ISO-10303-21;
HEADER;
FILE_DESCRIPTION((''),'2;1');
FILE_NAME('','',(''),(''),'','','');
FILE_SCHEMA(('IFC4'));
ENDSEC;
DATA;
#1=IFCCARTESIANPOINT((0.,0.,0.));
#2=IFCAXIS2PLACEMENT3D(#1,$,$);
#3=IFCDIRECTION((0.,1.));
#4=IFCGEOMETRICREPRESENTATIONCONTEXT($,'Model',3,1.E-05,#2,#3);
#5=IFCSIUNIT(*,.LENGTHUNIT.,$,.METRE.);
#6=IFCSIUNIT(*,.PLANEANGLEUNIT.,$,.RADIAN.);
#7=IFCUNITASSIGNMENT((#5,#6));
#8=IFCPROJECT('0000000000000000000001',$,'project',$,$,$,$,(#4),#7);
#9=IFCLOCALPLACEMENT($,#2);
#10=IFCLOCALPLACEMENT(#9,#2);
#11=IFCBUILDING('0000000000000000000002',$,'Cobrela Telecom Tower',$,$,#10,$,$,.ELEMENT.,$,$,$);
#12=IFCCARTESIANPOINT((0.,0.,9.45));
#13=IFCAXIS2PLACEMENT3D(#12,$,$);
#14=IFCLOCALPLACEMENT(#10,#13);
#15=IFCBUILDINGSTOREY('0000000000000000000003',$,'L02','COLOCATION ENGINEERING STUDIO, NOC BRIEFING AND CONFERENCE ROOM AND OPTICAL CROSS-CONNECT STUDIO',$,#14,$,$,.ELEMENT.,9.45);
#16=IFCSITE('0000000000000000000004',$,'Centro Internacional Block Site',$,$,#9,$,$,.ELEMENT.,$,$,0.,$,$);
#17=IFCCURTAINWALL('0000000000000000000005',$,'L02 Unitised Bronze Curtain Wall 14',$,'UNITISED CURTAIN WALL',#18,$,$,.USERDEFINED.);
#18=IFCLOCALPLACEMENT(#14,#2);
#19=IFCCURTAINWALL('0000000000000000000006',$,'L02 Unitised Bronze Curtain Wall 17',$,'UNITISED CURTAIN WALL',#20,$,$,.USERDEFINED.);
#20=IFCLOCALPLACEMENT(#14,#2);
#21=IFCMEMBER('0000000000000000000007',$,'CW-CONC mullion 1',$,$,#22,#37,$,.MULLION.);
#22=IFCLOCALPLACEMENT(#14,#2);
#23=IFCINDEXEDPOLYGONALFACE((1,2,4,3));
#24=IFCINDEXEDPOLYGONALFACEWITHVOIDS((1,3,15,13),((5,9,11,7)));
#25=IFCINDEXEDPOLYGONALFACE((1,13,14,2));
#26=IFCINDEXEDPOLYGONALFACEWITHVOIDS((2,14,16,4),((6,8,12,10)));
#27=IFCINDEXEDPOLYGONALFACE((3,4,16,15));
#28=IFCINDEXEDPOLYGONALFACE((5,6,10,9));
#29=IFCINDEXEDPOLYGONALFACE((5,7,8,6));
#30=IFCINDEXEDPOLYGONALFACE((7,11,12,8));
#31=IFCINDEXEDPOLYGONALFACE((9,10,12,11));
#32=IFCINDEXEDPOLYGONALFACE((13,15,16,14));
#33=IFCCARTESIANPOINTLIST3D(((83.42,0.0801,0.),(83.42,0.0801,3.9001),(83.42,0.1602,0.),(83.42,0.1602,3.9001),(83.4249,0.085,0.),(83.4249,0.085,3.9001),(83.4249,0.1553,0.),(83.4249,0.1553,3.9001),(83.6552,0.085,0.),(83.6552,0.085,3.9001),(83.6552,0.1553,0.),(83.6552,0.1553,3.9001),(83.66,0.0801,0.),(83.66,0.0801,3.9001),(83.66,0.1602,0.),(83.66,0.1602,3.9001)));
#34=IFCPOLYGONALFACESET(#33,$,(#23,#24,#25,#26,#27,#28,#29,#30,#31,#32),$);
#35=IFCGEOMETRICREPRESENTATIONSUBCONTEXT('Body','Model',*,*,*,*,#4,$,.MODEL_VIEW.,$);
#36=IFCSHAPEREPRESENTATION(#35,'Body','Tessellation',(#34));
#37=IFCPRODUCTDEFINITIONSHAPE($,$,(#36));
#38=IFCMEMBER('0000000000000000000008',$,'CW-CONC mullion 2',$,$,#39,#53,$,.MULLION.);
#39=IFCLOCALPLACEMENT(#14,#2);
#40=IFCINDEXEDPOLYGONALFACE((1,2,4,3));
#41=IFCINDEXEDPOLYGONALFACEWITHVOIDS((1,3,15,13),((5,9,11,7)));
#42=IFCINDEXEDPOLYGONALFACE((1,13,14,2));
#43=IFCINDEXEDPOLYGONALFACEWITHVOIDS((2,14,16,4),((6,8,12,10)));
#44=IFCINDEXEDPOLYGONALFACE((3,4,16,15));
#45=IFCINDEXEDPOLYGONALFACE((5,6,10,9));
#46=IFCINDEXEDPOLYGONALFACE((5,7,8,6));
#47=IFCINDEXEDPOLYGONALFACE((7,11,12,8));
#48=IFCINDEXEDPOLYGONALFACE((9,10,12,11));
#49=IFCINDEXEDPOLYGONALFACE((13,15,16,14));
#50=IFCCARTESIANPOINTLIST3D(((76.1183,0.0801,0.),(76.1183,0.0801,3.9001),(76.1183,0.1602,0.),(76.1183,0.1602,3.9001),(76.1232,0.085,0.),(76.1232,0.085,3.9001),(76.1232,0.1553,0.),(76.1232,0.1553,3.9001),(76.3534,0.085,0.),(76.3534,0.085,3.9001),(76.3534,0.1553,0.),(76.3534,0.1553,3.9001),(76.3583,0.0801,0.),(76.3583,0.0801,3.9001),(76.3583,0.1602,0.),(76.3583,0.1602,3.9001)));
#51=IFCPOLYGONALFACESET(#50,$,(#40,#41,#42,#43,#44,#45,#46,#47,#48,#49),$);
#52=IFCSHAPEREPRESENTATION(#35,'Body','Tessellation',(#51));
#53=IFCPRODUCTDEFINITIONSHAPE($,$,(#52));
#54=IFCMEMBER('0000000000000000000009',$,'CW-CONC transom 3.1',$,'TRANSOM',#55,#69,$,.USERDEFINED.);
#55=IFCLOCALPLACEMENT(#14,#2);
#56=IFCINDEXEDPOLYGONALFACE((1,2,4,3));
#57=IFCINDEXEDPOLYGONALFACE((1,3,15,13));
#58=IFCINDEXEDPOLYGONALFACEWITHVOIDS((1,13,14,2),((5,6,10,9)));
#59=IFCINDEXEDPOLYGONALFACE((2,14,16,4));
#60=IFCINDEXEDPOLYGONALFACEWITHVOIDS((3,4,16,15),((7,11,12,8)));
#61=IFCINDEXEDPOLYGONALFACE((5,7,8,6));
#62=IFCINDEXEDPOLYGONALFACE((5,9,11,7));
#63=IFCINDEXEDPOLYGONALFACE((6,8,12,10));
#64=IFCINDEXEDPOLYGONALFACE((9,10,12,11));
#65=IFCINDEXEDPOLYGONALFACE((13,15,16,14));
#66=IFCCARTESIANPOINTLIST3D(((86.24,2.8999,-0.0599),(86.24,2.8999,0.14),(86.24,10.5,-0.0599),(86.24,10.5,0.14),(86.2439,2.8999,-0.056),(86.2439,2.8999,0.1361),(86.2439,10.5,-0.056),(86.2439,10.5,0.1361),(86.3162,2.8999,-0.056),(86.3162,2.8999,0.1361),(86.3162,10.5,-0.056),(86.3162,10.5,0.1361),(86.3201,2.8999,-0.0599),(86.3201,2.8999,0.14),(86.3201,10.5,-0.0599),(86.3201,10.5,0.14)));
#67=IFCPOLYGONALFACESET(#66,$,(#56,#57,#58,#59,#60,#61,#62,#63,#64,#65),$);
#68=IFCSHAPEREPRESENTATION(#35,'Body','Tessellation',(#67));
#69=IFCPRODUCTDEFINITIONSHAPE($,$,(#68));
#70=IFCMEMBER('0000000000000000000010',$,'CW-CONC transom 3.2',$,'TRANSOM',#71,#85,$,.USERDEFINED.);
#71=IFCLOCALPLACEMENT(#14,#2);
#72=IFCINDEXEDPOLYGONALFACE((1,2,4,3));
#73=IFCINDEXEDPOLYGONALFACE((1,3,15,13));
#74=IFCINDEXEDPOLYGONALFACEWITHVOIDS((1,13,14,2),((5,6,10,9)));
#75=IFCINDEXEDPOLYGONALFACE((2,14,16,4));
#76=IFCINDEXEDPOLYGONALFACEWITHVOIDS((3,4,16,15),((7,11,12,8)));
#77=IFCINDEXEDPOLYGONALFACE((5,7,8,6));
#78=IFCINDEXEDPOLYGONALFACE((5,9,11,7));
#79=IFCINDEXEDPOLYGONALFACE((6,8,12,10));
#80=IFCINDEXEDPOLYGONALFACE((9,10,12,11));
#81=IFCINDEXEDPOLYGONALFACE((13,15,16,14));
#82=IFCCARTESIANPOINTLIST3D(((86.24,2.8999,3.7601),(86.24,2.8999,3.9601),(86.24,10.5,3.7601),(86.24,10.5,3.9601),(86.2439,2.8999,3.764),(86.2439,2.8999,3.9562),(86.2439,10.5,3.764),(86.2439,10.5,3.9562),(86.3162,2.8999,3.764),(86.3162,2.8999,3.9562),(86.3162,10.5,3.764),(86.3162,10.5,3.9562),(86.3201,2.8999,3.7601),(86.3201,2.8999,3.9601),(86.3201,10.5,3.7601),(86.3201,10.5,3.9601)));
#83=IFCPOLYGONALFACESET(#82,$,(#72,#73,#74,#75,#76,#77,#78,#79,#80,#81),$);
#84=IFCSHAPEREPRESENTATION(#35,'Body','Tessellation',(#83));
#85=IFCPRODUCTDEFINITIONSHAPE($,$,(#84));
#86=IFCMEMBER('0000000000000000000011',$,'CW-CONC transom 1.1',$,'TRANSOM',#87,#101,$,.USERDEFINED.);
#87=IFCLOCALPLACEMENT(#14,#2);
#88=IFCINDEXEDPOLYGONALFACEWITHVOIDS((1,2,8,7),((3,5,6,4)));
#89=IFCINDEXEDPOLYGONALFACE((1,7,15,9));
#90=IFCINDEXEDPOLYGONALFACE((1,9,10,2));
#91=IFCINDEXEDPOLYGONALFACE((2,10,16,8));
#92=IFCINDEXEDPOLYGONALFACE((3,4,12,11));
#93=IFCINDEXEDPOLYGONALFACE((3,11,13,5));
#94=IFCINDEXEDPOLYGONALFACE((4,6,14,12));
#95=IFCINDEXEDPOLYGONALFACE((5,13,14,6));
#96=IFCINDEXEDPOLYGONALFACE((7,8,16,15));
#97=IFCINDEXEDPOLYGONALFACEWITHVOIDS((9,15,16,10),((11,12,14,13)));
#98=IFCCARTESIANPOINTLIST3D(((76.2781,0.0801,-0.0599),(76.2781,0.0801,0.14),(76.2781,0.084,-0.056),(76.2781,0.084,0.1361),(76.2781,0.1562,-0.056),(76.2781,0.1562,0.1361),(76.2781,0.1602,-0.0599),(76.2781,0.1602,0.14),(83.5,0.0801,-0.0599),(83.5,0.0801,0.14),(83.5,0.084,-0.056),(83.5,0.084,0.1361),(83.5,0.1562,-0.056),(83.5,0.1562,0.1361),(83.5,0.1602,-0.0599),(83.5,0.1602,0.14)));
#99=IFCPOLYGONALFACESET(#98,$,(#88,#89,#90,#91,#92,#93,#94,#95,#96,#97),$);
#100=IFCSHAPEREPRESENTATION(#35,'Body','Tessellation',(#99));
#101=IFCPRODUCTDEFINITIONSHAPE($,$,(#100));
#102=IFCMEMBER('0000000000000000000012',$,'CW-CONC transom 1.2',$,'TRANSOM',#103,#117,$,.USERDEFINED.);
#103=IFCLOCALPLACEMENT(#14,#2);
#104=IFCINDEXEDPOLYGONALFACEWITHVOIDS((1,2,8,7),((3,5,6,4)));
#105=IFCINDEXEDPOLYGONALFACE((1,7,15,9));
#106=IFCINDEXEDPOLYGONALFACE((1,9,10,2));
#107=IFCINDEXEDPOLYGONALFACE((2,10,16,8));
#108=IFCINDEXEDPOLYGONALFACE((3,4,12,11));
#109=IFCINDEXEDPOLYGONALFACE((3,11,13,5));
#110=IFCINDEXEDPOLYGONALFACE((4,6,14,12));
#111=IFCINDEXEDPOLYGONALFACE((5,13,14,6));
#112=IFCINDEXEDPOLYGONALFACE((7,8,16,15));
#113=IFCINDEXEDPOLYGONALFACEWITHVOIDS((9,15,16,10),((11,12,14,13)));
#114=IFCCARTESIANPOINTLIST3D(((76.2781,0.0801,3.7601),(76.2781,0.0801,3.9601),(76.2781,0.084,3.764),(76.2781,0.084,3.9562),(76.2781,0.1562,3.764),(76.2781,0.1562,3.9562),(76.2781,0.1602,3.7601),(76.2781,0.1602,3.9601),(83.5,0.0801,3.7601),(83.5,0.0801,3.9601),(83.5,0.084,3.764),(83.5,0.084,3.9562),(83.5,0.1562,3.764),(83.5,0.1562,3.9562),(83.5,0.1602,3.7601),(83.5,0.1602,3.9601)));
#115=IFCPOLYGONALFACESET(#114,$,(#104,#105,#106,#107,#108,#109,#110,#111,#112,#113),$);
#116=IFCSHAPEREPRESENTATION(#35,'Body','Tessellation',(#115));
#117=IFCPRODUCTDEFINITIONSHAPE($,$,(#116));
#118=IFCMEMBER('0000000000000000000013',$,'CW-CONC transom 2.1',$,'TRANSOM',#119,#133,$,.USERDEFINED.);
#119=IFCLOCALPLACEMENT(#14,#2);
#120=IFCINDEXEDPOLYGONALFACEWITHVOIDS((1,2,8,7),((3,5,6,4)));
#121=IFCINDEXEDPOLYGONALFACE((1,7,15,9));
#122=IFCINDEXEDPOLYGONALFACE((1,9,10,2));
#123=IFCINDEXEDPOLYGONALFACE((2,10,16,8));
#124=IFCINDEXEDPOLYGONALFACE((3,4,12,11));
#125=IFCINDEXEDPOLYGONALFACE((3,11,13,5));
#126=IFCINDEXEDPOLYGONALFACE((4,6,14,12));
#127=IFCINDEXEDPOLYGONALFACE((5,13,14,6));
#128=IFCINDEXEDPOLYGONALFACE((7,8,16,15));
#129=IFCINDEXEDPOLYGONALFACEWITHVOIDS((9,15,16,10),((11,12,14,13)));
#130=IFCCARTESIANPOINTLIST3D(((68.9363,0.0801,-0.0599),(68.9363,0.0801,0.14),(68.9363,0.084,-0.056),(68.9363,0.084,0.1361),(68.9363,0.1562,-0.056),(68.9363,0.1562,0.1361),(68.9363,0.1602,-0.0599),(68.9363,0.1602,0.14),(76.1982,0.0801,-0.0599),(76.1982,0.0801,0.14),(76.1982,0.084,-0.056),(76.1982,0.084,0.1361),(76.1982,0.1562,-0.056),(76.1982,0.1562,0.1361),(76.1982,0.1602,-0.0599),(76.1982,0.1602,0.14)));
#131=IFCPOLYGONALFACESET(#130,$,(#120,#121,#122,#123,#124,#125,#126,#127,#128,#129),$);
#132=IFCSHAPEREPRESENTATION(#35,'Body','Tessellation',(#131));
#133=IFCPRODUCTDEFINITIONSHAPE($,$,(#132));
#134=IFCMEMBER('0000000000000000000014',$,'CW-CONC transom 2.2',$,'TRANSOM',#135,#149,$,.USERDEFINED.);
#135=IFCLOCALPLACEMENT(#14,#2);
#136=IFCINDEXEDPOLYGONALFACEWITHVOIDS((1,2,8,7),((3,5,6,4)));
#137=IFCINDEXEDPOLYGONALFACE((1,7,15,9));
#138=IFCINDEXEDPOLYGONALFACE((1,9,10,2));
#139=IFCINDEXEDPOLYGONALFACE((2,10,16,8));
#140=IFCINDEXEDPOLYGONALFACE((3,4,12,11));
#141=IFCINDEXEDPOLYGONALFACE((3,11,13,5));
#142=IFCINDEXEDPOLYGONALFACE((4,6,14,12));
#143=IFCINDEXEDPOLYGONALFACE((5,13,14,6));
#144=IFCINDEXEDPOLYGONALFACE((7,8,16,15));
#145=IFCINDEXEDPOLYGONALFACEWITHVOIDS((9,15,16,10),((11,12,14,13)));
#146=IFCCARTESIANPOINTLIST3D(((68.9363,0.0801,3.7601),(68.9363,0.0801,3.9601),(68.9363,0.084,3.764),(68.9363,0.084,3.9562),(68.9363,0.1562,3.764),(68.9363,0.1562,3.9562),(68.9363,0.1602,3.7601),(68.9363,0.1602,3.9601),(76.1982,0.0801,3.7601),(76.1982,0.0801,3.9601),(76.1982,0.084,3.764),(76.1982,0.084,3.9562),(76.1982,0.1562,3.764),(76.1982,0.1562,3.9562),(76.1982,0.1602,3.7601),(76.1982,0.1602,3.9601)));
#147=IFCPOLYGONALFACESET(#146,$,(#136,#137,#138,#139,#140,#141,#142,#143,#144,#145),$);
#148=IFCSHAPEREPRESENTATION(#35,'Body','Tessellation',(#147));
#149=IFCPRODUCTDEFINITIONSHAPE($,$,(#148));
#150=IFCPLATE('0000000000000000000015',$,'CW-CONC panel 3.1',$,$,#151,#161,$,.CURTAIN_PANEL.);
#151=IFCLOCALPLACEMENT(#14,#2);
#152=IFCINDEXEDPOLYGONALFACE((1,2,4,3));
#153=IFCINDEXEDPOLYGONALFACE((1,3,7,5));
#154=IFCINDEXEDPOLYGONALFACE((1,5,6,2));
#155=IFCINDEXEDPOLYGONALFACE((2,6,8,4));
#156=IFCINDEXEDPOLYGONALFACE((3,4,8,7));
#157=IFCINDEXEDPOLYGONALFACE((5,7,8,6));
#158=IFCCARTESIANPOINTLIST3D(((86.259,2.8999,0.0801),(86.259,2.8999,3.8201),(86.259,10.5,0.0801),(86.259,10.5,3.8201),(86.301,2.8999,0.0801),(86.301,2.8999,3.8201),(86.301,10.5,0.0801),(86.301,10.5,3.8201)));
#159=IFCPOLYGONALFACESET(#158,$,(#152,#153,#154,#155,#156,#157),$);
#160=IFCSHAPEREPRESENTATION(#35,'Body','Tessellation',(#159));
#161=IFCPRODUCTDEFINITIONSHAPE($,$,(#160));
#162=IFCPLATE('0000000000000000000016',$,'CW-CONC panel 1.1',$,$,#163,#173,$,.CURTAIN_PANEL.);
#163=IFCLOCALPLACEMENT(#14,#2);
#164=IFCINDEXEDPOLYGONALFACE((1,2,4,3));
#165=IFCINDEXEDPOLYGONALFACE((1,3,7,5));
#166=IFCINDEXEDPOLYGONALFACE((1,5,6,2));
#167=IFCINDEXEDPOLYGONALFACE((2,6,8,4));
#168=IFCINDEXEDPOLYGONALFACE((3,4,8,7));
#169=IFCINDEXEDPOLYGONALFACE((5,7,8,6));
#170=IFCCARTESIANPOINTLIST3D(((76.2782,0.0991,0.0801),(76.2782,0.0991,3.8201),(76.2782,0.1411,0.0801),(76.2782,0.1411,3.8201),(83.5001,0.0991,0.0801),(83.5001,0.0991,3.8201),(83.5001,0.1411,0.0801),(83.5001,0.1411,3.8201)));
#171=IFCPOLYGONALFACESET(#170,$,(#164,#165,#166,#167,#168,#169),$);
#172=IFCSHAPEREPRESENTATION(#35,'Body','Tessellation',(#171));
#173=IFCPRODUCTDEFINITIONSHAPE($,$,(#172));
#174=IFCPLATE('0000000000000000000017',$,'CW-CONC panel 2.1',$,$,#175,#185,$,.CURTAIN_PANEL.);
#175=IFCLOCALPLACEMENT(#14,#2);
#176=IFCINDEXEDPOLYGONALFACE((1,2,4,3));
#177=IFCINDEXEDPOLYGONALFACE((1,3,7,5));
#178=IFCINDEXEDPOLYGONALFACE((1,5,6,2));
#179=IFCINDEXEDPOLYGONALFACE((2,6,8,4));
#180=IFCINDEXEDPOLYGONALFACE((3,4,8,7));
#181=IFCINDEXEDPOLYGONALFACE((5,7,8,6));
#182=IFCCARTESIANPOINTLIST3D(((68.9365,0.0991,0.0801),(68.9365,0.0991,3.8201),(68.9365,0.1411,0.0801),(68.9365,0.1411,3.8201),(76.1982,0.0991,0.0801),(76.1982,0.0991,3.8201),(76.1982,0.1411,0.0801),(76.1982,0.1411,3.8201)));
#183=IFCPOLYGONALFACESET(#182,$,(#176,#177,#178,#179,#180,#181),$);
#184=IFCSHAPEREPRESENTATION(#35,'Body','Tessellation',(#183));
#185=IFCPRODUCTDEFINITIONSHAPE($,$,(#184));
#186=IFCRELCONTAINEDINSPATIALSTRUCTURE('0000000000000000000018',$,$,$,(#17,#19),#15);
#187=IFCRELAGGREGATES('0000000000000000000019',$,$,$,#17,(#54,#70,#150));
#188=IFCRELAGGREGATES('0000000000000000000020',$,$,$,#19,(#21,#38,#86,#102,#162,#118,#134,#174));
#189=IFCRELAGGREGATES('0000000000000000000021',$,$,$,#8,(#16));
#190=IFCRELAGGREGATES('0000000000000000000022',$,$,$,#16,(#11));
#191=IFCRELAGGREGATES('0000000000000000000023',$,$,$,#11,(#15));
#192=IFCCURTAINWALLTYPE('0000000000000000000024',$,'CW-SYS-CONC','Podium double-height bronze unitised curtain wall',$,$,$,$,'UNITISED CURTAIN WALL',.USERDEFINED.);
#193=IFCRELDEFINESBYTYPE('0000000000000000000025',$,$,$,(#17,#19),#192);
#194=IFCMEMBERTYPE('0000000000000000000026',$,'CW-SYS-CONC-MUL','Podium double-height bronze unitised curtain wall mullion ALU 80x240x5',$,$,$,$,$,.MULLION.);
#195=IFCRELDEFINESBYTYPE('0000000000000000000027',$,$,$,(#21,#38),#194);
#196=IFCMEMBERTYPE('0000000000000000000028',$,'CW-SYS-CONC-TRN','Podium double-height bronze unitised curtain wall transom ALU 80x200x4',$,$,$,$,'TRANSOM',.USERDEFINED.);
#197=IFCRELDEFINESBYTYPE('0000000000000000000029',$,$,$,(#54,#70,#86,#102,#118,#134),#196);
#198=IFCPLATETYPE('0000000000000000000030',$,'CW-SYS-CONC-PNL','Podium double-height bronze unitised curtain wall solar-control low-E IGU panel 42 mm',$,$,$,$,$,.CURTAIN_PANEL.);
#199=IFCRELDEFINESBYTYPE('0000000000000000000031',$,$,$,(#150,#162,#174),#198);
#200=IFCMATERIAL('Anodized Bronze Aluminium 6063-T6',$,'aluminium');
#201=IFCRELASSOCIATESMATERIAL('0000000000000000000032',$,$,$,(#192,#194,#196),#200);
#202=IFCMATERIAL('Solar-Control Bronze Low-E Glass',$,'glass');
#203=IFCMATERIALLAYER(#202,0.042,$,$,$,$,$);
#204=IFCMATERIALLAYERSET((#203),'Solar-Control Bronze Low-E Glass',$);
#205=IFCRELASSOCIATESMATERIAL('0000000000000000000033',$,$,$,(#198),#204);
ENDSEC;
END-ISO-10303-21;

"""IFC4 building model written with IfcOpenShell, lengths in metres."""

from ifc_helpers import new_model, si_unit, direction, frame, origin, origin_2d, place, context, subcontext, project, spatial, rectangle, hollow_rectangle, extrude, material, layer, layer_set, material_profile, profile_set, type_object, element, aggregate, save


model = new_model("IFC4")

# Units and contexts
model_context = context("Model", 3, precision=1e-05, world=origin(), true_north=direction((0.0, 1.0)))
body_context = subcontext(model_context, "Body", "Model", "MODEL_VIEW")
ifc_project = project(units=[si_unit("LENGTHUNIT", "METRE"), si_unit("PLANEANGLEUNIT", "RADIAN")], contexts=[model_context])

# Site, building, storey
site_placement = place(None, origin())
site = spatial("IfcSite", under=ifc_project, at=site_placement, Name="Centro Internacional Block Site", CompositionType="ELEMENT", RefElevation=0.0)
building_placement = place(site_placement, origin())
building = spatial("IfcBuilding", under=site, at=building_placement, Name="Cobrela Telecom Tower", CompositionType="ELEMENT")
storey_placement = place(building_placement, frame((0.0, 0.0, 9.45)))
storey = spatial("IfcBuildingStorey", under=building, at=storey_placement, Name="L02", Description="COLOCATION ENGINEERING STUDIO, NOC BRIEFING AND CONFERENCE ROOM AND OPTICAL CROSS-CONNECT STUDIO", CompositionType="ELEMENT", Elevation=9.45)

# Curtain walls, members
ifc_material_1 = material(Name="Anodized Bronze Aluminium 6063-T6", Category="aluminium")
curtain_wall_type = type_object("IfcCurtainWallType", Name="CW-SYS-CONC", Description="Podium double-height bronze unitised curtain wall", ElementType="UNITISED CURTAIN WALL", PredefinedType="USERDEFINED", material=ifc_material_1)
curtain_wall_1_placement = place(storey_placement, origin())
curtain_wall_1 = element("IfcCurtainWall", 1, at=curtain_wall_1_placement, inside=storey, type_object=curtain_wall_type, Name="L02 Unitised Bronze Curtain Wall 14", ObjectType="UNITISED CURTAIN WALL", PredefinedType="USERDEFINED")
ifc_material_profile_1 = material_profile(ifc_material_1, hollow_rectangle(XDim=0.0801, YDim=0.24, WallThickness=0.0049, at=origin_2d()), Name="ALU 80x240x5")
ifc_profile_set_1 = profile_set([ifc_material_profile_1], Name="Anodized Bronze Aluminium 6063-T6")
member_type_1 = type_object("IfcMemberType", Name="CW-SYS-CONC-MUL", Description="Podium double-height bronze unitised curtain wall mullion ALU 80x240x5", PredefinedType="MULLION", material=ifc_profile_set_1)
curtain_wall_2_placement = place(storey_placement, origin())
curtain_wall_2 = element("IfcCurtainWall", 2, at=curtain_wall_2_placement, inside=storey, type_object=curtain_wall_type, Name="L02 Unitised Bronze Curtain Wall 17", ObjectType="UNITISED CURTAIN WALL", PredefinedType="USERDEFINED")
member_1_placement = place(storey_placement, frame((83.54, 0.1201, 0.0), z_axis=(0.0, 0.0, 1.0), x_axis=(0.0, -1.0, 0.0)))
member_1 = element("IfcMember", 3, at=member_1_placement, type_object=member_type_1, Name="CW-CONC mullion 1", PredefinedType="MULLION", context=body_context, shape_type="SweptSolid", body=[
    extrude(hollow_rectangle(XDim=0.0801, YDim=0.24, WallThickness=0.0049, at=origin_2d()), origin(), (0.0, 0.0, 1.0), 3.9001),
])
member_2_placement = place(storey_placement, frame((76.2383, 0.1201, 0.0), z_axis=(0.0, 0.0, 1.0), x_axis=(0.0, -1.0, 0.0)))
member_2 = element("IfcMember", 4, at=member_2_placement, type_object=member_type_1, Name="CW-CONC mullion 2", PredefinedType="MULLION", context=body_context, shape_type="SweptSolid", body=[
    extrude(hollow_rectangle(XDim=0.0801, YDim=0.24, WallThickness=0.0049, at=origin_2d()), origin(), (0.0, 0.0, 1.0), 3.9001),
])

# Members
ifc_material_profile_2 = material_profile(ifc_material_1, hollow_rectangle(XDim=0.0801, YDim=0.2, WallThickness=0.0039, at=origin_2d()), Name="ALU 80x200x4")
ifc_profile_set_2 = profile_set([ifc_material_profile_2], Name="Anodized Bronze Aluminium 6063-T6")
member_type_2 = type_object("IfcMemberType", Name="CW-SYS-CONC-TRN", Description="Podium double-height bronze unitised curtain wall transom ALU 80x200x4", ElementType="TRANSOM", PredefinedType="USERDEFINED", material=ifc_profile_set_2)
member_3_placement = place(storey_placement, frame((86.28, 10.5, 0.04), z_axis=(0.0, -1.0, 0.0), x_axis=(1.0, 0.0, 0.0)))
member_3 = element("IfcMember", 5, at=member_3_placement, type_object=member_type_2, Name="CW-CONC transom 3.1", ObjectType="TRANSOM", PredefinedType="USERDEFINED", context=body_context, shape_type="SweptSolid", body=[
    extrude(hollow_rectangle(XDim=0.0801, YDim=0.2, WallThickness=0.0039, at=origin_2d()), origin(), (0.0, 0.0, 1.0), 7.6001),
])
member_4_placement = place(storey_placement, frame((86.28, 10.5, 3.8601), z_axis=(0.0, -1.0, 0.0), x_axis=(1.0, 0.0, 0.0)))
member_4 = element("IfcMember", 6, at=member_4_placement, type_object=member_type_2, Name="CW-CONC transom 3.2", ObjectType="TRANSOM", PredefinedType="USERDEFINED", context=body_context, shape_type="SweptSolid", body=[
    extrude(hollow_rectangle(XDim=0.0801, YDim=0.2, WallThickness=0.0039, at=origin_2d()), origin(), (0.0, 0.0, 1.0), 7.6001),
])
member_5_placement = place(storey_placement, frame((83.5, 0.1201, 0.04), z_axis=(-1.0, 0.0, 0.0), x_axis=(0.0, -1.0, 0.0)))
member_5 = element("IfcMember", 7, at=member_5_placement, type_object=member_type_2, Name="CW-CONC transom 1.1", ObjectType="TRANSOM", PredefinedType="USERDEFINED", context=body_context, shape_type="SweptSolid", body=[
    extrude(hollow_rectangle(XDim=0.0801, YDim=0.2, WallThickness=0.0039, at=origin_2d()), origin(), (0.0, 0.0, 1.0), 7.2219),
])
member_6_placement = place(storey_placement, frame((83.5, 0.1201, 3.8601), z_axis=(-1.0, 0.0, 0.0), x_axis=(0.0, -1.0, 0.0)))
member_6 = element("IfcMember", 8, at=member_6_placement, type_object=member_type_2, Name="CW-CONC transom 1.2", ObjectType="TRANSOM", PredefinedType="USERDEFINED", context=body_context, shape_type="SweptSolid", body=[
    extrude(hollow_rectangle(XDim=0.0801, YDim=0.2, WallThickness=0.0039, at=origin_2d()), origin(), (0.0, 0.0, 1.0), 7.2219),
])
member_7_placement = place(storey_placement, frame((76.1982, 0.1201, 0.04), z_axis=(-1.0, 0.0, 0.0), x_axis=(0.0, -1.0, 0.0)))
member_7 = element("IfcMember", 9, at=member_7_placement, type_object=member_type_2, Name="CW-CONC transom 2.1", ObjectType="TRANSOM", PredefinedType="USERDEFINED", context=body_context, shape_type="SweptSolid", body=[
    extrude(hollow_rectangle(XDim=0.0801, YDim=0.2, WallThickness=0.0039, at=origin_2d()), origin(), (0.0, 0.0, 1.0), 7.262),
])
member_8_placement = place(storey_placement, frame((76.1982, 0.1201, 3.8601), z_axis=(-1.0, 0.0, 0.0), x_axis=(0.0, -1.0, 0.0)))
member_8 = element("IfcMember", 10, at=member_8_placement, type_object=member_type_2, Name="CW-CONC transom 2.2", ObjectType="TRANSOM", PredefinedType="USERDEFINED", context=body_context, shape_type="SweptSolid", body=[
    extrude(hollow_rectangle(XDim=0.0801, YDim=0.2, WallThickness=0.0039, at=origin_2d()), origin(), (0.0, 0.0, 1.0), 7.262),
])

# Plates
ifc_material_2 = material(Name="Solar-Control Bronze Low-E Glass", Category="glass")
ifc_layer_1 = layer(ifc_material_2, 0.042)
ifc_layer_set_1 = layer_set([ifc_layer_1], Name="Solar-Control Bronze Low-E Glass")
plate_type = type_object("IfcPlateType", Name="CW-SYS-CONC-PNL", Description="Podium double-height bronze unitised curtain wall solar-control low-E IGU panel 42 mm", PredefinedType="CURTAIN_PANEL", material=ifc_layer_set_1)
plate_1_placement = place(storey_placement, frame((86.28, 6.7, 0.0801), z_axis=(0.0, 0.0, 1.0), x_axis=(0.0, -1.0, 0.0)))
plate_1 = element("IfcPlate", 11, at=plate_1_placement, type_object=plate_type, Name="CW-CONC panel 3.1", PredefinedType="CURTAIN_PANEL", context=body_context, shape_type="SweptSolid", body=[
    extrude(rectangle(XDim=7.6001, YDim=0.042, at=origin_2d()), origin(), (0.0, 0.0, 1.0), 3.74),
])
aggregate(curtain_wall_1, [member_3, member_4, plate_1])
plate_2_placement = place(storey_placement, frame((79.8892, 0.1201, 0.0801), z_axis=(0.0, 0.0, 1.0), x_axis=(-1.0, 0.0, 0.0)))
plate_2 = element("IfcPlate", 12, at=plate_2_placement, type_object=plate_type, Name="CW-CONC panel 1.1", PredefinedType="CURTAIN_PANEL", context=body_context, shape_type="SweptSolid", body=[
    extrude(rectangle(XDim=7.2219, YDim=0.042, at=origin_2d()), origin(), (0.0, 0.0, 1.0), 3.74),
])
plate_3_placement = place(storey_placement, frame((72.5674, 0.1201, 0.0801), z_axis=(0.0, 0.0, 1.0), x_axis=(-1.0, 0.0, 0.0)))
plate_3 = element("IfcPlate", 13, at=plate_3_placement, type_object=plate_type, Name="CW-CONC panel 2.1", PredefinedType="CURTAIN_PANEL", context=body_context, shape_type="SweptSolid", body=[
    extrude(rectangle(XDim=7.2617, YDim=0.042, at=origin_2d()), origin(), (0.0, 0.0, 1.0), 3.74),
])
aggregate(curtain_wall_2, [member_1, member_2, member_5, member_6, plate_2, member_7, member_8, plate_3])

save(model, "model.ifc")
